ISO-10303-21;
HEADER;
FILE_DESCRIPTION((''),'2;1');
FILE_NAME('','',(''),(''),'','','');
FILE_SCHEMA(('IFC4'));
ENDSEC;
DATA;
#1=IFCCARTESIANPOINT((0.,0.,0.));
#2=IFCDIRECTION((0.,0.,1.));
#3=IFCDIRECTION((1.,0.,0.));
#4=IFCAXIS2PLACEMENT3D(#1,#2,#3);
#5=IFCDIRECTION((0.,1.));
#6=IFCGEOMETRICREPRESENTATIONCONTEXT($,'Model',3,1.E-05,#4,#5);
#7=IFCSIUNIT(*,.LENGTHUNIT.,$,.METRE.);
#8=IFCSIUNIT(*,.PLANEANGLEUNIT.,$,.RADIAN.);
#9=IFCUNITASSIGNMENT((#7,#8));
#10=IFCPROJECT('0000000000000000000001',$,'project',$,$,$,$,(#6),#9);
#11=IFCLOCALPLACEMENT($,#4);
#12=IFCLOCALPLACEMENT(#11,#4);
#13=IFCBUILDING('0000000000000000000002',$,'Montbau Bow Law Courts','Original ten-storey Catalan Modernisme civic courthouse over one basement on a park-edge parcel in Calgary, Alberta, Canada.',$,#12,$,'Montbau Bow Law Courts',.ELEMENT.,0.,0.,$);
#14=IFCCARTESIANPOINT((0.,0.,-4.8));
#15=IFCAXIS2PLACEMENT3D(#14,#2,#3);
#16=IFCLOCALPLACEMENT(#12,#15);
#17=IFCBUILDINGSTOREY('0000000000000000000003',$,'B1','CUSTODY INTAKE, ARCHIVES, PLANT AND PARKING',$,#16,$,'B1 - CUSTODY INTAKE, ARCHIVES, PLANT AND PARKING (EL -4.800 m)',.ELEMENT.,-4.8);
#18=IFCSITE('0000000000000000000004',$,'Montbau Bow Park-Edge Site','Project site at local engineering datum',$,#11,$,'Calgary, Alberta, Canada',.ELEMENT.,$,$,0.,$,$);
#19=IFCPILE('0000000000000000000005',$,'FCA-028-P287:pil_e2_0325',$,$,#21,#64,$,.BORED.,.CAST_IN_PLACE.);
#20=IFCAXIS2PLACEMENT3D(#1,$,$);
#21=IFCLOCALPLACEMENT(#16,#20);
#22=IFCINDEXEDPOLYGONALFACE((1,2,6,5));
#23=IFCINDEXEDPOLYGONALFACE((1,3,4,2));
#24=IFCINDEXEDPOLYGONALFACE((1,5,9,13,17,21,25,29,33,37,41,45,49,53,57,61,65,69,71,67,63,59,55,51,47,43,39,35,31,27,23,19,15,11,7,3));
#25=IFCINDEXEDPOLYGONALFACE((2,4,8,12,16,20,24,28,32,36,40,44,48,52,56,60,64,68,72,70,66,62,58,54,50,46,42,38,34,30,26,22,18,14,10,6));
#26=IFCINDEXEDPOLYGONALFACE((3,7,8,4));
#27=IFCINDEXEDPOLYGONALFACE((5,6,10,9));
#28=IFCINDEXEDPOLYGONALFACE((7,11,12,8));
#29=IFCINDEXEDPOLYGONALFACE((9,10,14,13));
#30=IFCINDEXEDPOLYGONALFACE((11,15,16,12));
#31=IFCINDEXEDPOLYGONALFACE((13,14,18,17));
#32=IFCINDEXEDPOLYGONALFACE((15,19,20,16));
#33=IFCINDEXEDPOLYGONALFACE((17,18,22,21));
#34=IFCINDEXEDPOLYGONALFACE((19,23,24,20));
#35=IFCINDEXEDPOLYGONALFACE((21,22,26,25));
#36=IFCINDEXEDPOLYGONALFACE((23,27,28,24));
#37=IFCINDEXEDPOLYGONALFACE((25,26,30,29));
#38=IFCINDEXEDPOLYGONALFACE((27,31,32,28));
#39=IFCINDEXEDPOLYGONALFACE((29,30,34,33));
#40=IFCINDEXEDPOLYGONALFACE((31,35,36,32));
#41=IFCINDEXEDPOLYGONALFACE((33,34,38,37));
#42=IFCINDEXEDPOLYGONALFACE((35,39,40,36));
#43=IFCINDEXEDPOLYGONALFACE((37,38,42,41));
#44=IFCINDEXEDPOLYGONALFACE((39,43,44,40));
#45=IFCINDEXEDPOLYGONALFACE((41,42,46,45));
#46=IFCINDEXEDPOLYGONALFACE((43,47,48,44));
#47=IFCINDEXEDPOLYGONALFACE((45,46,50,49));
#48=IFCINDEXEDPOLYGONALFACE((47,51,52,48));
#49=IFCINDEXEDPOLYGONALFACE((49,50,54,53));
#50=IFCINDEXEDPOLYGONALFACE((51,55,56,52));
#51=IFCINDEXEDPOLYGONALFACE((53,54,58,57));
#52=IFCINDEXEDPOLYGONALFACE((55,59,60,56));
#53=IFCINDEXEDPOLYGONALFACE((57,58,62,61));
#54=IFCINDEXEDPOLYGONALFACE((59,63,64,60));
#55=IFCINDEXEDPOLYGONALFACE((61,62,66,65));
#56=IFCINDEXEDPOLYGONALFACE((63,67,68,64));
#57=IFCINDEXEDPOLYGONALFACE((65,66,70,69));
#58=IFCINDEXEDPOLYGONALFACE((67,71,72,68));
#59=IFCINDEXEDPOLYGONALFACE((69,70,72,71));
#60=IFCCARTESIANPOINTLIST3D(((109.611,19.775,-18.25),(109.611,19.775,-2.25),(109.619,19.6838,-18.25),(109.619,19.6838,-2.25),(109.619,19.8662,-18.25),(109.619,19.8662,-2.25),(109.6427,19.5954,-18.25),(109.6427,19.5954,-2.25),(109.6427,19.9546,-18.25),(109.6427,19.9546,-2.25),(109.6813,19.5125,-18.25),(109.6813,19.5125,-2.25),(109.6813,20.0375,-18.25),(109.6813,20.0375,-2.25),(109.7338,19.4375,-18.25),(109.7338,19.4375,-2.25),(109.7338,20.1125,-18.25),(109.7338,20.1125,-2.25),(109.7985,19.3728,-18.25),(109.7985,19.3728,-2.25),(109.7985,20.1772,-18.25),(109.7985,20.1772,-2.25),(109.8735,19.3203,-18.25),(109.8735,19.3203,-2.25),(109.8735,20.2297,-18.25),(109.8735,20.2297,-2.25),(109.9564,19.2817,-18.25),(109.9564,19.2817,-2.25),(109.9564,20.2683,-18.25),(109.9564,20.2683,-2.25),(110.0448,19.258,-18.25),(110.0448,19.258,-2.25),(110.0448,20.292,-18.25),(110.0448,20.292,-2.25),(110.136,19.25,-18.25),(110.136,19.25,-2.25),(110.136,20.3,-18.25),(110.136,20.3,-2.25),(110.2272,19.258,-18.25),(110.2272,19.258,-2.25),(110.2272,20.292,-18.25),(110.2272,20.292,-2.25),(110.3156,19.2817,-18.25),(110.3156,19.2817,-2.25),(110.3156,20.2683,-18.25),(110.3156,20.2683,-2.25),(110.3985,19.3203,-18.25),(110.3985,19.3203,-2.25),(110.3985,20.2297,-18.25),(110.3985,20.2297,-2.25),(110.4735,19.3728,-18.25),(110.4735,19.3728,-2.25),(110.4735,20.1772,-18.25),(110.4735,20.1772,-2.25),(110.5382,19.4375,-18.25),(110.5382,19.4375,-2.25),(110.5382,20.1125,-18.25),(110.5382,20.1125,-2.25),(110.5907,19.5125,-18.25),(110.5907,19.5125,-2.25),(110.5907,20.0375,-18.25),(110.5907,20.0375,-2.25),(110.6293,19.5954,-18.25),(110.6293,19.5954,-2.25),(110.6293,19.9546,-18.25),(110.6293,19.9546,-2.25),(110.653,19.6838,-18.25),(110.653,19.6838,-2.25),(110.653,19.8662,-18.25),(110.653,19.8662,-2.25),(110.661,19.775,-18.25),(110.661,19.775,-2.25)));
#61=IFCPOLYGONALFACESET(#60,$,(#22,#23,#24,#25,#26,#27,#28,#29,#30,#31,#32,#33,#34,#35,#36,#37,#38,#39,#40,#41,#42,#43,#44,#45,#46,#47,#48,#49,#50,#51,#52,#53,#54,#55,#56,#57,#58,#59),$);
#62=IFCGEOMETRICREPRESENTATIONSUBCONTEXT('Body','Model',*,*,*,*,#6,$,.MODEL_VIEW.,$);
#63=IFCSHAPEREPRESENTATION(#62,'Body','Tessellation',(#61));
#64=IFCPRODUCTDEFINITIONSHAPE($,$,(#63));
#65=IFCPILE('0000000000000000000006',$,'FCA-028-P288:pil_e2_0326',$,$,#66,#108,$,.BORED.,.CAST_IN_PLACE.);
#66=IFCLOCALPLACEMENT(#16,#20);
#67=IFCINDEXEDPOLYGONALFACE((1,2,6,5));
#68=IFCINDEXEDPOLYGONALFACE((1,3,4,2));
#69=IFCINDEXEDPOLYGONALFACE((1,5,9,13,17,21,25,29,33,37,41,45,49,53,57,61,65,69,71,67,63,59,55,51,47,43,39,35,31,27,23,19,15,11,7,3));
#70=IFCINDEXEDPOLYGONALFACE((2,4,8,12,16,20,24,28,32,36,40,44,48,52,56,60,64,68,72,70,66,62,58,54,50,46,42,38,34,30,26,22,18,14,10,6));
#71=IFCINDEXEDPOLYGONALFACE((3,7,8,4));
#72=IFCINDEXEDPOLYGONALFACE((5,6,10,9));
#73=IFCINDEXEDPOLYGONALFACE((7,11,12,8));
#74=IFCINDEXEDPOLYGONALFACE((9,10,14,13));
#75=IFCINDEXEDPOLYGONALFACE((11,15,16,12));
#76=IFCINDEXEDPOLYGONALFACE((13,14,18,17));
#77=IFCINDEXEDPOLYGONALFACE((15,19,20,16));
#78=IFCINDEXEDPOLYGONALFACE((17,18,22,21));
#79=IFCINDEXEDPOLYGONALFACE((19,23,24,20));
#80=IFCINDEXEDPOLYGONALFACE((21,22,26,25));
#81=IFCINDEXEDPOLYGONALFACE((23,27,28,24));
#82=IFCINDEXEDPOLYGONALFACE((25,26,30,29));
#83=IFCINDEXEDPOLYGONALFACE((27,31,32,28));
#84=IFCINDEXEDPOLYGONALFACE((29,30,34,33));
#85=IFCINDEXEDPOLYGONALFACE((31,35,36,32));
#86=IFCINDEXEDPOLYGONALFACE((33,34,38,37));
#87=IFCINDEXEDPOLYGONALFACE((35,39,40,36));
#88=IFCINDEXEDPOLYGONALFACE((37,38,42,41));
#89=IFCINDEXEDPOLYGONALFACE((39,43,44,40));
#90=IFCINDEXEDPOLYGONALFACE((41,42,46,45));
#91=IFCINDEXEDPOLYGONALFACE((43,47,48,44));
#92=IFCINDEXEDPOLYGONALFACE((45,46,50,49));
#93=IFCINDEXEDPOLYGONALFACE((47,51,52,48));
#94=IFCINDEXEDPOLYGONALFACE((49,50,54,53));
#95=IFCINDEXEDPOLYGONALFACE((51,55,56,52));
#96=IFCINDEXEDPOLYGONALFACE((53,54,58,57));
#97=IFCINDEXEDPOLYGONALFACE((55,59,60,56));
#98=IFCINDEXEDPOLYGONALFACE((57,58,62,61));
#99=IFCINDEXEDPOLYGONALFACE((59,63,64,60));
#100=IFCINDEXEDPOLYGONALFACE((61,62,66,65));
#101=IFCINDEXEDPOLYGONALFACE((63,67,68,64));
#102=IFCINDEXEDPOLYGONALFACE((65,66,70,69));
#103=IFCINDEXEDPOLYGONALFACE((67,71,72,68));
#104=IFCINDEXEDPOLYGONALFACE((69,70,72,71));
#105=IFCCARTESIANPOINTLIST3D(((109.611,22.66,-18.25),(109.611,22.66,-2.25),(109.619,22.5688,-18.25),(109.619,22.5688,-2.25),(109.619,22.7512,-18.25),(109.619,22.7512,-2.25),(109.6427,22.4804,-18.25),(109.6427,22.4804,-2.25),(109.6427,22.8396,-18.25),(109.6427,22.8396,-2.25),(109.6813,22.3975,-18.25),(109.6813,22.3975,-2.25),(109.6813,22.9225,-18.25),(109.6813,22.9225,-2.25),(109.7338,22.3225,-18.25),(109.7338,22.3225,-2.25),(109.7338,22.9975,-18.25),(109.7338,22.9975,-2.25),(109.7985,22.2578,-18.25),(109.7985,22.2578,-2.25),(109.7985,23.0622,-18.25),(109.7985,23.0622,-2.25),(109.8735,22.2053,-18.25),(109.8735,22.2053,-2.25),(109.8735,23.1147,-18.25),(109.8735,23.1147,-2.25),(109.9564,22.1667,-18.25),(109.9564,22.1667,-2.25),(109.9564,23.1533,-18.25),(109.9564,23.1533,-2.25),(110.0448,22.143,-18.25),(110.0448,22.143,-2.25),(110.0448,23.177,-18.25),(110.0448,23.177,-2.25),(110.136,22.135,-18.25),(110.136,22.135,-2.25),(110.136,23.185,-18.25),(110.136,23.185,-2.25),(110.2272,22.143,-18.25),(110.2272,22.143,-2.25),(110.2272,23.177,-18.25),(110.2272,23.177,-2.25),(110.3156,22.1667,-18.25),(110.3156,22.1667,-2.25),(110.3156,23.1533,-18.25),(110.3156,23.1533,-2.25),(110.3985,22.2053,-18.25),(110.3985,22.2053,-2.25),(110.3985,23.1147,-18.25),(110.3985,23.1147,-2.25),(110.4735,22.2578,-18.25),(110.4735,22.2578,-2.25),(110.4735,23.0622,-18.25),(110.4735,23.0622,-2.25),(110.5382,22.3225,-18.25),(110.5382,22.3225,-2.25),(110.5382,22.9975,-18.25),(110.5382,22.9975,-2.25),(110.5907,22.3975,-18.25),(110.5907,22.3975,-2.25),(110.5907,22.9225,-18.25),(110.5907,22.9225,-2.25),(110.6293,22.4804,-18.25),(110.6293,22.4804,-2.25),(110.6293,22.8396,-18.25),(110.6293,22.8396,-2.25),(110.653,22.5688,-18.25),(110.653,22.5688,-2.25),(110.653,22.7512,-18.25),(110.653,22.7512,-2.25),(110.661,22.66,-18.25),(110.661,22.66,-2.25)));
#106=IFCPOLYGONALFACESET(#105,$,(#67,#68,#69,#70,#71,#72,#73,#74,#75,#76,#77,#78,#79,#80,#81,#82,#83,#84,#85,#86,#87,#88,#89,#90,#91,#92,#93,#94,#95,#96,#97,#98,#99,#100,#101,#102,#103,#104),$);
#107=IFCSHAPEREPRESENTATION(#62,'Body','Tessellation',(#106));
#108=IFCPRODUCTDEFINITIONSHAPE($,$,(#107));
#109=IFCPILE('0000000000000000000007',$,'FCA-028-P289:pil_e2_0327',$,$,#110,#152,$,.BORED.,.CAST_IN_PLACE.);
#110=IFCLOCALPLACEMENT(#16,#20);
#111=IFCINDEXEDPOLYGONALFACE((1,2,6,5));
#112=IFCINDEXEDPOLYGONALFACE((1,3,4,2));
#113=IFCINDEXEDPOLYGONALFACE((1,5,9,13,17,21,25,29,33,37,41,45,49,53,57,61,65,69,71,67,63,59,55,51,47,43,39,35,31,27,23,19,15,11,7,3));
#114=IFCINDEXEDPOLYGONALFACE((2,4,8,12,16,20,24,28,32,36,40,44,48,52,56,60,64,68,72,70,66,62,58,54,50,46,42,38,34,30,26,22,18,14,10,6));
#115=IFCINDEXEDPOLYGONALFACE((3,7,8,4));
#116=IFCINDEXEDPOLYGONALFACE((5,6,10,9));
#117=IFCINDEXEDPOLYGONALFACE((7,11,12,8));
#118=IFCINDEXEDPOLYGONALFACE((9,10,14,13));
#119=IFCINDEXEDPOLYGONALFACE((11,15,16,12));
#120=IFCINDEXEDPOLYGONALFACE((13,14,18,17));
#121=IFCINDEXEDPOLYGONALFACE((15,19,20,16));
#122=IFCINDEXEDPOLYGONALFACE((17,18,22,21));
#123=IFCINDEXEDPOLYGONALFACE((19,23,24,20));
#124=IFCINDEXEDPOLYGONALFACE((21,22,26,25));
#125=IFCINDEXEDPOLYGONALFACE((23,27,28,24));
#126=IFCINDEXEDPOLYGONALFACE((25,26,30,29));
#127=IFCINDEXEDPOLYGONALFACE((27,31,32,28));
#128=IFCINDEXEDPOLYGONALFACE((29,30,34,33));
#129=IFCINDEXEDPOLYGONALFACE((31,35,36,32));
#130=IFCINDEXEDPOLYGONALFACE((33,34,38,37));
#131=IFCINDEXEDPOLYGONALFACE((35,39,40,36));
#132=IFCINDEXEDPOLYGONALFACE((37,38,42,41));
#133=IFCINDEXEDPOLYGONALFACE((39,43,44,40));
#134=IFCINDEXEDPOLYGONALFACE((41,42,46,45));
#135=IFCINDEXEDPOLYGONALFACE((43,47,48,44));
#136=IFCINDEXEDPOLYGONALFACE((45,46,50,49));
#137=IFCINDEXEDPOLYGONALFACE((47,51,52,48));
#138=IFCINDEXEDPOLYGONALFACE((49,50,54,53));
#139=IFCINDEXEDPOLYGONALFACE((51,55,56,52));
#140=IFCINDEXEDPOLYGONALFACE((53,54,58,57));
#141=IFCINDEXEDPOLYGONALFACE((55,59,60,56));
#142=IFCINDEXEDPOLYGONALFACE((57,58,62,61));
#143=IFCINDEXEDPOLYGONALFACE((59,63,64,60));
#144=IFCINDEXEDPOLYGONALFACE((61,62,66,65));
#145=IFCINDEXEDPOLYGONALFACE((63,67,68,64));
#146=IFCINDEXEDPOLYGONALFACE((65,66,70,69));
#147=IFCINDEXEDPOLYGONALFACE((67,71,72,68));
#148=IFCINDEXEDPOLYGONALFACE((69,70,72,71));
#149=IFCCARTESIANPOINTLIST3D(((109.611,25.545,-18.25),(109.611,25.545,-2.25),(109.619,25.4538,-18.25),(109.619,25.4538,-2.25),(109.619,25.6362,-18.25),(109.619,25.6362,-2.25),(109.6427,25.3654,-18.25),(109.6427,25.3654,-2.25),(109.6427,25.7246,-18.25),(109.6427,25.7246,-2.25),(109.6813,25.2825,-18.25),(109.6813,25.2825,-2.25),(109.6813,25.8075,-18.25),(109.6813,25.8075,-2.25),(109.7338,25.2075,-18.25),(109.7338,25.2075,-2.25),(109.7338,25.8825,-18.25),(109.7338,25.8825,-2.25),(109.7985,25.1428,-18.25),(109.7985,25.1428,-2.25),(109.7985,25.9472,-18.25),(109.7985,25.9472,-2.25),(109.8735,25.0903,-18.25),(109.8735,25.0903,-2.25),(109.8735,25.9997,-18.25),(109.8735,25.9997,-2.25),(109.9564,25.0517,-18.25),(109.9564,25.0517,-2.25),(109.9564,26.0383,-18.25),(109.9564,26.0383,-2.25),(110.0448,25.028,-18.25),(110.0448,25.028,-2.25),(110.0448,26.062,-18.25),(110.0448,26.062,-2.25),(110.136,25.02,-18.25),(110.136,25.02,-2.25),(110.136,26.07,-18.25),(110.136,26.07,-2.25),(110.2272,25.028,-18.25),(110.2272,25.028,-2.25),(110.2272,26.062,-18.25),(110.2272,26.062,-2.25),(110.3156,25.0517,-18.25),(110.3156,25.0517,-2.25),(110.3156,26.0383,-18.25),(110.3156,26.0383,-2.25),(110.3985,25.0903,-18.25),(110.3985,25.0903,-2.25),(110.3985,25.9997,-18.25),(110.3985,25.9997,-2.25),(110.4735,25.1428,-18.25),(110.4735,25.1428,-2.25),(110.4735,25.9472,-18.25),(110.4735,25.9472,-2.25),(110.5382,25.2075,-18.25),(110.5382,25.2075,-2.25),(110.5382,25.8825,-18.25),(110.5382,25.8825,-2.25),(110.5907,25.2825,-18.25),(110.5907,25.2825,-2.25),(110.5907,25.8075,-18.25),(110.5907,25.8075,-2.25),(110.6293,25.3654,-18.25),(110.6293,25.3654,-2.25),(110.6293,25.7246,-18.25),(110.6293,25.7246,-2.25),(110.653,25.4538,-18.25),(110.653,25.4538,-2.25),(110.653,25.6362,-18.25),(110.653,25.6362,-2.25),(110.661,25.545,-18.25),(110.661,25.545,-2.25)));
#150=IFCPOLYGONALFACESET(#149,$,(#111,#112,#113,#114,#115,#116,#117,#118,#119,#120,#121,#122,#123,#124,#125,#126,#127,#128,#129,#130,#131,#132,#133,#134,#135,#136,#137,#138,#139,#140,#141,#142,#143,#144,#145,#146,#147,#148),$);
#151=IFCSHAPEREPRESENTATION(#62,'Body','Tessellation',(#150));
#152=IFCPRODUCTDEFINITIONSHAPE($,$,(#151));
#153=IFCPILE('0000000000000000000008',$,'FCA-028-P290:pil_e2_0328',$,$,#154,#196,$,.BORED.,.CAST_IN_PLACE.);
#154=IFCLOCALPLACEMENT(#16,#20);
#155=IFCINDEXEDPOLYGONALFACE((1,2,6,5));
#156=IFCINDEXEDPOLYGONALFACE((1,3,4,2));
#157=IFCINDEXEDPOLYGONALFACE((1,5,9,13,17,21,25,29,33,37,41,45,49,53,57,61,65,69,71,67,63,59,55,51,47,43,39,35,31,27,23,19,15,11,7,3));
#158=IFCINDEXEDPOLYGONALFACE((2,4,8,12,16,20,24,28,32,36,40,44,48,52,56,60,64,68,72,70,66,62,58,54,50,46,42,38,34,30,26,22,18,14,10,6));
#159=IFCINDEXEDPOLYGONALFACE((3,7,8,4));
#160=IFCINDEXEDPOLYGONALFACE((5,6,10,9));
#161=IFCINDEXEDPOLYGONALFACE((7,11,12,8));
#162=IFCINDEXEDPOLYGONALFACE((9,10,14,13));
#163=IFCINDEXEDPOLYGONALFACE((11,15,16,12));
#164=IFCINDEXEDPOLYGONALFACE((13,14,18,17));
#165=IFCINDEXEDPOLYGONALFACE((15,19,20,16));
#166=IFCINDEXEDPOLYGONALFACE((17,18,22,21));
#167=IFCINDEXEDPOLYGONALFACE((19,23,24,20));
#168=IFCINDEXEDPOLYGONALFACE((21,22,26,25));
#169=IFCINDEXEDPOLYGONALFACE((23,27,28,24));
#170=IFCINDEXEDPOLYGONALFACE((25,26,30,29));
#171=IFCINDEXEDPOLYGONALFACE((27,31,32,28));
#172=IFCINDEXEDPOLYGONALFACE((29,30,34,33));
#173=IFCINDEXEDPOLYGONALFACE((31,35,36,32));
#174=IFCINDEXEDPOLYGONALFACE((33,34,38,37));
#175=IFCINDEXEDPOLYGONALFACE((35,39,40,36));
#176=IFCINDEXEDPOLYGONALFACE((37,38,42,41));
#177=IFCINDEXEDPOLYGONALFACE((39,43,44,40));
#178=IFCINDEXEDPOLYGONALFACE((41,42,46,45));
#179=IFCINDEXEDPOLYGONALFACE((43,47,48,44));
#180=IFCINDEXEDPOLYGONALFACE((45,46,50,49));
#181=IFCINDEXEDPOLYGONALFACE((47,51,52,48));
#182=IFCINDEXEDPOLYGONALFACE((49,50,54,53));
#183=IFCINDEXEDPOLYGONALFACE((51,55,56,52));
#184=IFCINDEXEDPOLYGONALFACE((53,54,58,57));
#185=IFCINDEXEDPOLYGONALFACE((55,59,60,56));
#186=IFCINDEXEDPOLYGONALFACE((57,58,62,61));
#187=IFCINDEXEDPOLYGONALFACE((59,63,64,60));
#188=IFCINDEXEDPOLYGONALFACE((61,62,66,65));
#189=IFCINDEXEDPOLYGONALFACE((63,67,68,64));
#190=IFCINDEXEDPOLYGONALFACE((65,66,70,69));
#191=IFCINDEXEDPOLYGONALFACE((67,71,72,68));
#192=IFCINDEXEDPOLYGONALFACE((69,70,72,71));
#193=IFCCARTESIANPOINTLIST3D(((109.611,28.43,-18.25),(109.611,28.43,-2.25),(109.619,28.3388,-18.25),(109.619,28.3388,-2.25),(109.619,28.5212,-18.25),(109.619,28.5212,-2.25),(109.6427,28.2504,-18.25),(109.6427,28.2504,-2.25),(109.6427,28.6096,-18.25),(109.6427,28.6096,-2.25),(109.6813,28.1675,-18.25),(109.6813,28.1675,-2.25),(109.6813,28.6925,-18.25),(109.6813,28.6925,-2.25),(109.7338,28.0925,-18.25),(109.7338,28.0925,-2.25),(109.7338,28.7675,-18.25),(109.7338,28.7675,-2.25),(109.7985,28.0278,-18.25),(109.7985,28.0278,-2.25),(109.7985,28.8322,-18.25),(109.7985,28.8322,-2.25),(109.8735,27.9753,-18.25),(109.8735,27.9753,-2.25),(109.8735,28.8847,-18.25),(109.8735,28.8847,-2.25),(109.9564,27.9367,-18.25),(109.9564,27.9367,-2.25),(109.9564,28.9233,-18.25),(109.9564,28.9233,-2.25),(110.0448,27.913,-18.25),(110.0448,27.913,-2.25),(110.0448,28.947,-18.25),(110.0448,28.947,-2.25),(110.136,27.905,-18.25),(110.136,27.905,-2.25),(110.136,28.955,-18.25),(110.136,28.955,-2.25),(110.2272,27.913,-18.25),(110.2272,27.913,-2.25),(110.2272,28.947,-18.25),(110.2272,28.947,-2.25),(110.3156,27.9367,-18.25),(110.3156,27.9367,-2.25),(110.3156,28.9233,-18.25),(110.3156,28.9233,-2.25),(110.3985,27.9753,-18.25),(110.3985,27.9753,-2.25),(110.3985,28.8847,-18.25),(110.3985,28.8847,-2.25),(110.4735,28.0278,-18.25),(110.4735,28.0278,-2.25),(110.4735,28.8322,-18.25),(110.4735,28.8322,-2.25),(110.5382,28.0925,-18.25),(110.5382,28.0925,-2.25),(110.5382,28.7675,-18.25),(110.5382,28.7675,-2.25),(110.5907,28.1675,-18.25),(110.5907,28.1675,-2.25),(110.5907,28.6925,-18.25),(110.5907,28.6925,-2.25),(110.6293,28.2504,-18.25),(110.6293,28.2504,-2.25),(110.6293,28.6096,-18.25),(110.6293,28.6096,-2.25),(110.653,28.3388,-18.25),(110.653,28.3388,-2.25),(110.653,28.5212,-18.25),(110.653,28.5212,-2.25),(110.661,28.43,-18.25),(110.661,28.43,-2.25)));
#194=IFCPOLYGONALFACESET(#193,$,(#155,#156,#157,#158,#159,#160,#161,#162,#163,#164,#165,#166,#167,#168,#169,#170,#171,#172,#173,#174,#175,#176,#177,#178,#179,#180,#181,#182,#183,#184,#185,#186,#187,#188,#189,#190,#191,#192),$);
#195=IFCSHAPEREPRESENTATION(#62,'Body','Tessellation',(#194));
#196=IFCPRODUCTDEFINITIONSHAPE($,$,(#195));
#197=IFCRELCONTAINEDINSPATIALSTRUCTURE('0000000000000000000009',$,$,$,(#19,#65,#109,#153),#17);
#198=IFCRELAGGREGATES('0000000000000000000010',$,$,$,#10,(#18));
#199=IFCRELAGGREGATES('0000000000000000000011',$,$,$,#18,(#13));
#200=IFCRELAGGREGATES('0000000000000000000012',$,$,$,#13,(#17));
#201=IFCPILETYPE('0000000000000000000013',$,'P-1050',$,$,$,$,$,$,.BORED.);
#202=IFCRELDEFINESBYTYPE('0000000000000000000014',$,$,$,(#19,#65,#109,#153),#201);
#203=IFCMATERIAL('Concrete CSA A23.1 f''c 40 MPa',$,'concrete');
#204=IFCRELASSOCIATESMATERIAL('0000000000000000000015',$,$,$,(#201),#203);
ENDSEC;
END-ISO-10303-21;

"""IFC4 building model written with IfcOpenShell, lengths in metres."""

from ifc_helpers import new_model, si_unit, direction, frame, origin_with_axes, origin_2d_with_axis, place, context, subcontext, project, spatial, circle, extrude, material, material_profile, profile_set, type_object, element, save


model = new_model("IFC4")

# Units and contexts
model_context = context("Model", 3, precision=1e-05, world=origin_with_axes(), true_north=direction((0.0, 1.0)))
body_context = subcontext(model_context, "Body", "Model", "MODEL_VIEW")
ifc_project = project(units=[si_unit("LENGTHUNIT", "METRE"), si_unit("PLANEANGLEUNIT", "RADIAN")], contexts=[model_context])

# Site, building, storey
site_placement = place(None, origin_with_axes())
site = spatial("IfcSite", under=ifc_project, at=site_placement, Name="Montbau Bow Park-Edge Site", Description="Project site at local engineering datum", LongName="Calgary, Alberta, Canada", CompositionType="ELEMENT", RefElevation=0.0)
building_placement = place(site_placement, origin_with_axes())
building = spatial("IfcBuilding", under=site, at=building_placement, Name="Montbau Bow Law Courts", Description="Original ten-storey Catalan Modernisme civic courthouse over one basement on a park-edge parcel in Calgary, Alberta, Canada.", LongName="Montbau Bow Law Courts", CompositionType="ELEMENT", ElevationOfRefHeight=0.0, ElevationOfTerrain=0.0)
storey_placement = place(building_placement, frame((0.0, 0.0, -4.8), z_axis=(0.0, 0.0, 1.0), x_axis=(1.0, 0.0, 0.0)))
storey = spatial("IfcBuildingStorey", under=building, at=storey_placement, Name="B1", Description="CUSTODY INTAKE, ARCHIVES, PLANT AND PARKING", LongName="B1 - CUSTODY INTAKE, ARCHIVES, PLANT AND PARKING (EL -4.800 m)", CompositionType="ELEMENT", Elevation=-4.8)

# Piles
ifc_material_1 = material(Name="Concrete CSA A23.1 f'c 40 MPa", Category="concrete")
ifc_material_profile_1 = material_profile(ifc_material_1, circle(Radius=0.525, at=origin_2d_with_axis()), Name="BP1050", Category="Main", Priority=0)
ifc_profile_set_1 = profile_set([ifc_material_profile_1], Name="Concrete CSA A23.1 f'c 40 MPa")
pile_type = type_object("IfcPileType", Name="P-1050", PredefinedType="BORED", material=ifc_profile_set_1)
for number, where, z_axis, x_axis, name in (
    (1, (110.136, 19.775, -23.05), (0.0, 0.0, 1.0), (1.0, 0.0, 0.0), "FCA-028-P287:pil_e2_0325"),
    (2, (110.136, 22.66, -23.05), (0.0, 0.0, 1.0), (1.0, 0.0, 0.0), "FCA-028-P288:pil_e2_0326"),
    (3, (110.136, 25.545, -23.05), (0.0, 0.0, 1.0), (1.0, 0.0, 0.0), "FCA-028-P289:pil_e2_0327"),
    (4, (110.136, 28.43, -23.05), (0.0, 0.0, 1.0), (1.0, 0.0, 0.0), "FCA-028-P290:pil_e2_0328"),
):
    element("IfcPile", number, at=place(None, frame(where, z_axis=z_axis, x_axis=x_axis)), inside=storey, type_object=pile_type, Name=name, ConstructionType="CAST_IN_PLACE", PredefinedType="BORED", context=body_context, shape_type="SweptSolid", body=[
        extrude(circle(Radius=0.525, at=origin_2d_with_axis()), origin_with_axes(), (0.0, 0.0, 1.0), 16.0),
    ])

save(model, "model.ifc")
